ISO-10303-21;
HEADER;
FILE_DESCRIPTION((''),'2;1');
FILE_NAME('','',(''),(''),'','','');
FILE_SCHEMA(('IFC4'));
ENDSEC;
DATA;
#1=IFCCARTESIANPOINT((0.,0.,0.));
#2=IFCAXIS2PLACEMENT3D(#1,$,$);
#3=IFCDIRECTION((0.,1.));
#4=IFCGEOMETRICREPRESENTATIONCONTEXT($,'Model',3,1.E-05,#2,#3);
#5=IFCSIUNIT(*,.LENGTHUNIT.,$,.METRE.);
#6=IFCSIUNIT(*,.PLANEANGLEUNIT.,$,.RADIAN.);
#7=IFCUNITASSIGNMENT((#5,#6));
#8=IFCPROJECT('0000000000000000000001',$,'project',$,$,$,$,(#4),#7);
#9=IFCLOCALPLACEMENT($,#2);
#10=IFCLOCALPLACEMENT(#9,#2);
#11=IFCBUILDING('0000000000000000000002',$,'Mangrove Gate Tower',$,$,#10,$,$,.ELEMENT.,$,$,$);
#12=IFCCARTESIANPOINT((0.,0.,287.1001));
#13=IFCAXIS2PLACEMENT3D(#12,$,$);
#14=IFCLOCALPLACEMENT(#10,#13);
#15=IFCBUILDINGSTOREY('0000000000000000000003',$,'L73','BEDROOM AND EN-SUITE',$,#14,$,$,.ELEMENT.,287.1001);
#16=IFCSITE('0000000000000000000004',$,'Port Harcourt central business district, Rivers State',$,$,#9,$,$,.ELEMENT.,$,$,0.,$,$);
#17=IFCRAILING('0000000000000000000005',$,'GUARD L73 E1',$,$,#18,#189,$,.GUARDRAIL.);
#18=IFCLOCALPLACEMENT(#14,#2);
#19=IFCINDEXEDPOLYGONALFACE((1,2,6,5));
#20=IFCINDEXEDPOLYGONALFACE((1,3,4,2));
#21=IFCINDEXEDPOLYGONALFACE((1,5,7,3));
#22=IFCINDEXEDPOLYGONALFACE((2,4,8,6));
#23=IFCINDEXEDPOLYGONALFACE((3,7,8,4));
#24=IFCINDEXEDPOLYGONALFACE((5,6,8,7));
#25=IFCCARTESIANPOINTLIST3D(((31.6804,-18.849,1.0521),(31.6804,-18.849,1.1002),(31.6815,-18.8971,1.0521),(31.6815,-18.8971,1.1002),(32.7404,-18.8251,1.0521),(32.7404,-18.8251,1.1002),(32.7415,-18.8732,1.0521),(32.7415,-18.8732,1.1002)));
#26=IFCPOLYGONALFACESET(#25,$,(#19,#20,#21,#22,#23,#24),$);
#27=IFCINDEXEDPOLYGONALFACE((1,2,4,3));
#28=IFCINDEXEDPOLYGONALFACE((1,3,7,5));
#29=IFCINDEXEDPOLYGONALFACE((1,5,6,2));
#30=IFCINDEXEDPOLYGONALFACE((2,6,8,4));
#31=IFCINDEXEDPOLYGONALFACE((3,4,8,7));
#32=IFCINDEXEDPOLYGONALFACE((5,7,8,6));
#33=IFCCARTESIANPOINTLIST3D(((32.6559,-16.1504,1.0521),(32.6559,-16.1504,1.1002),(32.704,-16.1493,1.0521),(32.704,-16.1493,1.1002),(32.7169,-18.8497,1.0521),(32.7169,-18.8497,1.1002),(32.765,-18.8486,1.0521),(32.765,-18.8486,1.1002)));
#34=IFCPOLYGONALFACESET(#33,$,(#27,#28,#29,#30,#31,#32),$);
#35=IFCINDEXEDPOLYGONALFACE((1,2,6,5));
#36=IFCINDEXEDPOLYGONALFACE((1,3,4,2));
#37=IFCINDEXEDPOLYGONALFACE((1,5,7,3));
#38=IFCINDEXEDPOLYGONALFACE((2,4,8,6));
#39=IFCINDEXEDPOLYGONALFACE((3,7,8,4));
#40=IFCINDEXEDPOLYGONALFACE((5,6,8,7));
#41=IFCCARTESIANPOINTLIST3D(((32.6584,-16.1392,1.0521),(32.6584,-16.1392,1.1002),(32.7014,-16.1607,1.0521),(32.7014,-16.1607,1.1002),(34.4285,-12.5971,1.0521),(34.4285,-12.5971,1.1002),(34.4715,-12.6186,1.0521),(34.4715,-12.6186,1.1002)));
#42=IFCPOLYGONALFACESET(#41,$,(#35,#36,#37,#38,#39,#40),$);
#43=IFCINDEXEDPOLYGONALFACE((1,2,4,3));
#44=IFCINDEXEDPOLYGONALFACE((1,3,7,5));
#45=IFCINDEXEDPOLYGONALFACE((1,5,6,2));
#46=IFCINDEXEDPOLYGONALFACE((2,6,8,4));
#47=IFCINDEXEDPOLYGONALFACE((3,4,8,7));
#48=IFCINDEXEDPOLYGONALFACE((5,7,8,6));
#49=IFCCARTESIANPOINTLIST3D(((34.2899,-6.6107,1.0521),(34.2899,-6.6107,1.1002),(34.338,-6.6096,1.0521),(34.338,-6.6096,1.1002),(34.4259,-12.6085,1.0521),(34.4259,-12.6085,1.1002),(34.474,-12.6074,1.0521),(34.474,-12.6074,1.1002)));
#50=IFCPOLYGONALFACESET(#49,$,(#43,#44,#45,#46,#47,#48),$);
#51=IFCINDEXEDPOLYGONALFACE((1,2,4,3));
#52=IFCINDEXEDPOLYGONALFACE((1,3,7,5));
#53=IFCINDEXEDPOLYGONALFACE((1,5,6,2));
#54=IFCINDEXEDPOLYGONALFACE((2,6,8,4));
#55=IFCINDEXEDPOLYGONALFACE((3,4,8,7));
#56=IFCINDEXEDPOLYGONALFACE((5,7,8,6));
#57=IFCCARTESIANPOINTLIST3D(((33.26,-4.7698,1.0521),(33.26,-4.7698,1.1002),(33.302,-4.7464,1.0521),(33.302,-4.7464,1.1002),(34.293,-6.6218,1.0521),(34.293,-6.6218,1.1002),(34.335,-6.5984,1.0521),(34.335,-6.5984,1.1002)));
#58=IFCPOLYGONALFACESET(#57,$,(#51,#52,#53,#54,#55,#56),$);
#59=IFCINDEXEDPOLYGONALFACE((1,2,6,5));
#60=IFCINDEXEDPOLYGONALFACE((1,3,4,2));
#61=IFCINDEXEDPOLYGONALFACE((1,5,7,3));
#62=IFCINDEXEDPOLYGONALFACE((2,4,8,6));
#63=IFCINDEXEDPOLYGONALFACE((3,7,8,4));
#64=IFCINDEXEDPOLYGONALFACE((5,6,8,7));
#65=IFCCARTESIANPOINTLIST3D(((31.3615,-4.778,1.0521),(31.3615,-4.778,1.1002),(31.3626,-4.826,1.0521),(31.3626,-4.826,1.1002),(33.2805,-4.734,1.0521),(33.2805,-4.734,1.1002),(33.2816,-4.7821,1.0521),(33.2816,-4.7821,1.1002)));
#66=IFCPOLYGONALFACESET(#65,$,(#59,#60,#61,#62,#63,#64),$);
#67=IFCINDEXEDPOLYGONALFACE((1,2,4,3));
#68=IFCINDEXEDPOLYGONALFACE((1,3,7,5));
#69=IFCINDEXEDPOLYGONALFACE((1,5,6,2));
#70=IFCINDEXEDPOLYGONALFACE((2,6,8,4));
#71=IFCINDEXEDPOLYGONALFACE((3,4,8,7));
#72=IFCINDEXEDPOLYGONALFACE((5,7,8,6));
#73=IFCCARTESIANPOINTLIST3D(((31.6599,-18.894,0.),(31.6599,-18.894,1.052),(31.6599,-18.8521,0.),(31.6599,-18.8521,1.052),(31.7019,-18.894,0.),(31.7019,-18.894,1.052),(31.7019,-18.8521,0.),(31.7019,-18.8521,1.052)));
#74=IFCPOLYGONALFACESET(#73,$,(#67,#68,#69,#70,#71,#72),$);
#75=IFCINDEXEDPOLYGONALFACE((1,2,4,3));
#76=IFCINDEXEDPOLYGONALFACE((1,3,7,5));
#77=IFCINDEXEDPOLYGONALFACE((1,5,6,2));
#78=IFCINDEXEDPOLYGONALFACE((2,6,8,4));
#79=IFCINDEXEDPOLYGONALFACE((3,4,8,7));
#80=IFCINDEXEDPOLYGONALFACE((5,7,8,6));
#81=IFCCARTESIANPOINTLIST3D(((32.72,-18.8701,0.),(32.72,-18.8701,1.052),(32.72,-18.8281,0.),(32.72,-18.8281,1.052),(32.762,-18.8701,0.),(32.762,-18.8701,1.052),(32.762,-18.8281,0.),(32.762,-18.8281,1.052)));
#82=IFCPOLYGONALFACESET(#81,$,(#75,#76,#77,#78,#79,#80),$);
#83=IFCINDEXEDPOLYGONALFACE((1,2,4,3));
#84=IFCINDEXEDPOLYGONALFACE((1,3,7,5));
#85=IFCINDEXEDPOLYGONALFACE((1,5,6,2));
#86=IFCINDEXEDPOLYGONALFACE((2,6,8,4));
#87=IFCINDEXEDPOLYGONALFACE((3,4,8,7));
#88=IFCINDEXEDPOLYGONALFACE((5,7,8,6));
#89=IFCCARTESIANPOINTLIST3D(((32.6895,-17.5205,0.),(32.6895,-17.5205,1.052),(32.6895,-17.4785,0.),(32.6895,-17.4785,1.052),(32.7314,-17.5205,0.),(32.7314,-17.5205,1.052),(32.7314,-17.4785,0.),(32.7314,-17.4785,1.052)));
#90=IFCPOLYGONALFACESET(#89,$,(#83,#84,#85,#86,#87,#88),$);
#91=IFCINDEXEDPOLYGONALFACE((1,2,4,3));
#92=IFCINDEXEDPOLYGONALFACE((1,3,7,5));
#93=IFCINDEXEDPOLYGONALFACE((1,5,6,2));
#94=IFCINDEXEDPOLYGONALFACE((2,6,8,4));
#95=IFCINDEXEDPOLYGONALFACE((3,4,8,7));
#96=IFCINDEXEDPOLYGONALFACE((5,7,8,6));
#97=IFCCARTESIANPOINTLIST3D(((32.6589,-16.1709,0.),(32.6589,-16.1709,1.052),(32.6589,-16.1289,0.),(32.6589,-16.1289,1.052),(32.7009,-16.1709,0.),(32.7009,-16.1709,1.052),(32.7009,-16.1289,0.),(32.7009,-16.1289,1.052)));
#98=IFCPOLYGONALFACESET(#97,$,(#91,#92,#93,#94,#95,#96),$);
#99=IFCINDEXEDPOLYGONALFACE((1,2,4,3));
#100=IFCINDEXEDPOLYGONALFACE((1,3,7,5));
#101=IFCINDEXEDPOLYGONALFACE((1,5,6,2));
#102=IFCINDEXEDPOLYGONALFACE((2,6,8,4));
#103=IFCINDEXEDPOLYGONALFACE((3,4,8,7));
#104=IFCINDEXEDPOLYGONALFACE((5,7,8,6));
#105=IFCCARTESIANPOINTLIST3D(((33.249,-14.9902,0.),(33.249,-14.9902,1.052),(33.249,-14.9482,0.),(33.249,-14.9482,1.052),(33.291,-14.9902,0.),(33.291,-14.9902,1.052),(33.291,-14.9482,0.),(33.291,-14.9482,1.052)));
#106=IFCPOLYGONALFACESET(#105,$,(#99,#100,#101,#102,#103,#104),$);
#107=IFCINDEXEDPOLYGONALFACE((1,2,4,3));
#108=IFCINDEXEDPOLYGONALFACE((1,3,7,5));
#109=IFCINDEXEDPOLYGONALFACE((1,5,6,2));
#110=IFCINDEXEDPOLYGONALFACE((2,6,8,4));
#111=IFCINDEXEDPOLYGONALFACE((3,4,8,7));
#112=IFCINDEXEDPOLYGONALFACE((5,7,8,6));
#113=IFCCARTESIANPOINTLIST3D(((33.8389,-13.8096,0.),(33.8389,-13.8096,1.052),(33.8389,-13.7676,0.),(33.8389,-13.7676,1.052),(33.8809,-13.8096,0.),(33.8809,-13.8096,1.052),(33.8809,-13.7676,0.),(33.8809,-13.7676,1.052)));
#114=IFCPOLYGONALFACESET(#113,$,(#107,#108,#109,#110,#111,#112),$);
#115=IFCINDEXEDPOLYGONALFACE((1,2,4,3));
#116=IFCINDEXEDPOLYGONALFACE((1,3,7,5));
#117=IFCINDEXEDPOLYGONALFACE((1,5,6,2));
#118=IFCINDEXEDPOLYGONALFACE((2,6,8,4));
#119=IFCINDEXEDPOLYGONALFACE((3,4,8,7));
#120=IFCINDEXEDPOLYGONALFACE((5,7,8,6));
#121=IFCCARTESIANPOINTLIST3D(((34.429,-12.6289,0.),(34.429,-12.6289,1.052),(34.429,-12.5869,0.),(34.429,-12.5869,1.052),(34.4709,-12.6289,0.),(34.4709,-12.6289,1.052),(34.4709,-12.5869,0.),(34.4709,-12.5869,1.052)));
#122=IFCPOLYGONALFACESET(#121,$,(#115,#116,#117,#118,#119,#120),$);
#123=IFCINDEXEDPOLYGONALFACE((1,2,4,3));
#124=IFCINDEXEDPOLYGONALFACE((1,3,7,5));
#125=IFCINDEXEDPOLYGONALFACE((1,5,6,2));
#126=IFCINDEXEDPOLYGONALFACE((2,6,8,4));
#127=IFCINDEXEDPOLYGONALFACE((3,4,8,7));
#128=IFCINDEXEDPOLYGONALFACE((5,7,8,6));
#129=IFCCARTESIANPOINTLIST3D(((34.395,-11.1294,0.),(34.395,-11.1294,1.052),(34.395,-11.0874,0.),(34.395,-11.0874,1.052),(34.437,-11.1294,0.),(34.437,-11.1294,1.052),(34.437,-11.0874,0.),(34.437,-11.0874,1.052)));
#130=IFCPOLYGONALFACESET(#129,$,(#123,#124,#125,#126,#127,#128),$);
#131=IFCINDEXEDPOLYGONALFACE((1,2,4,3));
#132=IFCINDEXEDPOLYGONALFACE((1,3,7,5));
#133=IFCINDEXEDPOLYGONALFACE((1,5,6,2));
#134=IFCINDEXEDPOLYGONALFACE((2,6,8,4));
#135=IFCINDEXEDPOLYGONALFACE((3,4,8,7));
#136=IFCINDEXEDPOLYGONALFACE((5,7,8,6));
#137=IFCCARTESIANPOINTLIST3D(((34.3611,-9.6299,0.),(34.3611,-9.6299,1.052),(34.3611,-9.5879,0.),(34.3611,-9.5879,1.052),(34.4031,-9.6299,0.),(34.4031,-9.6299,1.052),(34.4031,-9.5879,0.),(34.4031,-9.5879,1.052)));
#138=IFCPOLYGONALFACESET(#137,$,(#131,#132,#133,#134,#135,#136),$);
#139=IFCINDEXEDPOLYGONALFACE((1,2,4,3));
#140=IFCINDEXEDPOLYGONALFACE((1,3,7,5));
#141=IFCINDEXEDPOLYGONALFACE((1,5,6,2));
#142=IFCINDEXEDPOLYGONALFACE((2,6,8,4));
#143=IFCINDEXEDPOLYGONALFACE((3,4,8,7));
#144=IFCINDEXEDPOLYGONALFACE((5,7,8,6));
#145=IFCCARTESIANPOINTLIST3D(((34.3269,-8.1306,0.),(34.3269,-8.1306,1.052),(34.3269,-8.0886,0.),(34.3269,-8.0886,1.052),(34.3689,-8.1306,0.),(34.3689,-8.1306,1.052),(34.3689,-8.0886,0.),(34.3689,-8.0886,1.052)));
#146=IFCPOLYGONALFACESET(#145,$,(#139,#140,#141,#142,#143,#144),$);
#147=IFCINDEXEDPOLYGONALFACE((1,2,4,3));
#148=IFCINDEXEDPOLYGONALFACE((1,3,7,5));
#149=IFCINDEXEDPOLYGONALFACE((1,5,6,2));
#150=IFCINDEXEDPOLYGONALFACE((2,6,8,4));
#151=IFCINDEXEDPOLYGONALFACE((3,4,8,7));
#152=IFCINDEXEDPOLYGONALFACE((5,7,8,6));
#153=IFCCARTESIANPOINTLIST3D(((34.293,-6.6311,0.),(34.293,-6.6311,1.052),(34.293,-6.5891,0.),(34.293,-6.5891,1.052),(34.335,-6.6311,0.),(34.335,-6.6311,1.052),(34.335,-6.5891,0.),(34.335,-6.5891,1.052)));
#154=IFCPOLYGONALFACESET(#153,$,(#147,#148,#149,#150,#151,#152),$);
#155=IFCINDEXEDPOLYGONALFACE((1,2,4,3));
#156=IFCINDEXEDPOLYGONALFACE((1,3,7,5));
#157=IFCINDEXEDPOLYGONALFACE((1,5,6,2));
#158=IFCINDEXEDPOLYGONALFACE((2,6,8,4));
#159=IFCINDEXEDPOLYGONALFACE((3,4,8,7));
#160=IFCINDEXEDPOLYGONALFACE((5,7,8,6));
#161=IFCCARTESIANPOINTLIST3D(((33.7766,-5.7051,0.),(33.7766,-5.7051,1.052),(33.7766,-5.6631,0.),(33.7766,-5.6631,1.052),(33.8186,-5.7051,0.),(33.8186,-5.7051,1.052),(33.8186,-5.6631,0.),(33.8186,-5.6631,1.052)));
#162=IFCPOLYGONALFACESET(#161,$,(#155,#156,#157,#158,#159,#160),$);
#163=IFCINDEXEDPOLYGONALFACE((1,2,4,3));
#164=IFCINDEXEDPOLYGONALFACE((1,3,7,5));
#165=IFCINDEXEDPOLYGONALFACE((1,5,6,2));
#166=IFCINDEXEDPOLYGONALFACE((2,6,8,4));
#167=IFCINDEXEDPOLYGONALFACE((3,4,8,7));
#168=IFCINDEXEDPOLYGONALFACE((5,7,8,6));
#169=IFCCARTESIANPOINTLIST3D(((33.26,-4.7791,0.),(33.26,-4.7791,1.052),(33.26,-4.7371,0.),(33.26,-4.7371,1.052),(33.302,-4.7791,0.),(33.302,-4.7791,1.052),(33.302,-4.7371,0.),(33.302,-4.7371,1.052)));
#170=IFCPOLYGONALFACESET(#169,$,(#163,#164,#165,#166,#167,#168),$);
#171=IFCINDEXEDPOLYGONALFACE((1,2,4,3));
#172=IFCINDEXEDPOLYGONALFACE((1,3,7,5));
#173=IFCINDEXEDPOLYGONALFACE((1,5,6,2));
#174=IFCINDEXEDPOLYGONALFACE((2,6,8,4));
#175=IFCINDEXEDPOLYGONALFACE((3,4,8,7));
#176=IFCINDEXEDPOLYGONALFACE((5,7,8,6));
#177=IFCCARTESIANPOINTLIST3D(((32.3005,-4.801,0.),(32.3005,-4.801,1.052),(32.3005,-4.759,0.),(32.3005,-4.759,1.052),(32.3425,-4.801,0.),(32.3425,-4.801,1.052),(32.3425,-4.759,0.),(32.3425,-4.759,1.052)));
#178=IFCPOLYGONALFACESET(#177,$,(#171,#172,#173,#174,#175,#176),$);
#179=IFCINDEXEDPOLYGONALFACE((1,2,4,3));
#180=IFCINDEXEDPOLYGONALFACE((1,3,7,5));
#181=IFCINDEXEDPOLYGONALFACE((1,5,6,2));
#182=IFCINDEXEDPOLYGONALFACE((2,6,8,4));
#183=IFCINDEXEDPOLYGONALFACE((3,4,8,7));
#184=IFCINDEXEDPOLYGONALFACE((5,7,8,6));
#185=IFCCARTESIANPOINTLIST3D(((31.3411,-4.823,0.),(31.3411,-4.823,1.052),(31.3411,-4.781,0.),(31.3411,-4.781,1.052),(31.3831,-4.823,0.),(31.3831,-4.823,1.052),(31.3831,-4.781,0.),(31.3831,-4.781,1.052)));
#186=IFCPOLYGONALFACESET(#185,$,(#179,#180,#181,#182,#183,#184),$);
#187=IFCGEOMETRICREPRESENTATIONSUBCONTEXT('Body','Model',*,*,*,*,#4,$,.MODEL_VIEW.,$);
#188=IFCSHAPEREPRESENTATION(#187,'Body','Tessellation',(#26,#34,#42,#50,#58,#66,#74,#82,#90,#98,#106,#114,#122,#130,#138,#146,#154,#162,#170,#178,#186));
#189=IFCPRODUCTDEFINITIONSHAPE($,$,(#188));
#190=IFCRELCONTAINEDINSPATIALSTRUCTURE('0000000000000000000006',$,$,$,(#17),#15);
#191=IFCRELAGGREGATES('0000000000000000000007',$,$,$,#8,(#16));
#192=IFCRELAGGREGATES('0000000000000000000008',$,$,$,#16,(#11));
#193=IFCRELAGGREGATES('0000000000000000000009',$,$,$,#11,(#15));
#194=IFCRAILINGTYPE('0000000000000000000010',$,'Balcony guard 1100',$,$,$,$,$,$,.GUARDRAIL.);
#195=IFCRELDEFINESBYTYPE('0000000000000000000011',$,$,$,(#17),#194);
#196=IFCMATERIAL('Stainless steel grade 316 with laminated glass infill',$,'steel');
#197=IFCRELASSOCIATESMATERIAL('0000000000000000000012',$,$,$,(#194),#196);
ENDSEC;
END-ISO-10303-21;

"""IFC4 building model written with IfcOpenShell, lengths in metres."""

from ifc_helpers import new_model, si_unit, direction, frame, origin, origin_2d, place, context, subcontext, project, spatial, rectangle, extrude, material, type_object, element, save


model = new_model("IFC4")

# Units and contexts
model_context = context("Model", 3, precision=1e-05, world=origin(), true_north=direction((0.0, 1.0)))
body_context = subcontext(model_context, "Body", "Model", "MODEL_VIEW")
ifc_project = project(units=[si_unit("LENGTHUNIT", "METRE"), si_unit("PLANEANGLEUNIT", "RADIAN")], contexts=[model_context])

# Site, building, storey
site_placement = place(None, origin())
site = spatial("IfcSite", under=ifc_project, at=site_placement, Name="Port Harcourt central business district, Rivers State", CompositionType="ELEMENT", RefElevation=0.0)
building_placement = place(site_placement, origin())
building = spatial("IfcBuilding", under=site, at=building_placement, Name="Mangrove Gate Tower", CompositionType="ELEMENT")
storey_placement = place(building_placement, frame((0.0, 0.0, 287.1001)))
storey = spatial("IfcBuildingStorey", under=building, at=storey_placement, Name="L73", Description="BEDROOM AND EN-SUITE", CompositionType="ELEMENT", Elevation=287.1001)

# Railing
ifc_material_1 = material(Name="Stainless steel grade 316 with laminated glass infill", Category="steel")
railing_type = type_object("IfcRailingType", Name="Balcony guard 1100", PredefinedType="GUARDRAIL", material=ifc_material_1)
railing_placement = place(storey_placement, frame((31.6809, -18.873, 0.0)))
element("IfcRailing", 1, at=railing_placement, inside=storey, type_object=railing_type, Name="GUARD L73 E1", PredefinedType="GUARDRAIL", context=body_context, shape_type="SweptSolid", body=[
    extrude(rectangle(XDim=0.0481, YDim=0.0481, at=origin_2d()), frame((0.0, 0.0, 1.0762), z_axis=(0.999745, 0.022564, 0.0), x_axis=(-0.022564, 0.999745, 0.0)), (0.0, 0.0, 1.0), 1.0603),
    extrude(rectangle(XDim=0.0481, YDim=0.0481, at=origin_2d()), frame((1.0601, 0.0239, 1.0762), z_axis=(-0.022606, 0.999744, 0.0), x_axis=(-0.999744, -0.022606, 0.0)), (0.0, 0.0, 1.0), 2.7),
    extrude(rectangle(XDim=0.0481, YDim=0.0481, at=origin_2d()), frame((0.999, 2.7231, 1.0762), z_axis=(0.447016, 0.894526, 0.0), x_axis=(-0.894526, 0.447016, 0.0)), (0.0, 0.0, 1.0), 3.9597),
    extrude(rectangle(XDim=0.0481, YDim=0.0481, at=origin_2d()), frame((2.769, 6.2651, 1.0762), z_axis=(-0.022667, 0.999743, 0.0), x_axis=(-0.999743, -0.022667, 0.0)), (0.0, 0.0, 1.0), 5.9993),
    extrude(rectangle(XDim=0.0481, YDim=0.0481, at=origin_2d()), frame((2.6331, 12.2629, 1.0762), z_axis=(-0.487099, 0.873347, 0.0), x_axis=(-0.873347, -0.487099, 0.0)), (0.0, 0.0, 1.0), 2.1206),
    extrude(rectangle(XDim=0.0481, YDim=0.0481, at=origin_2d()), frame((1.6001, 14.115, 1.0762), z_axis=(-0.999738, -0.022895, 0.0), x_axis=(0.022895, -0.999738, 0.0)), (0.0, 0.0, 1.0), 1.9194),
    extrude(rectangle(XDim=0.042, YDim=0.042, at=origin_2d()), origin(), (0.0, 0.0, 1.0), 1.052),
    extrude(rectangle(XDim=0.042, YDim=0.042, at=origin_2d()), frame((1.0601, 0.0239, 0.0)), (0.0, 0.0, 1.0), 1.052),
    extrude(rectangle(XDim=0.042, YDim=0.042, at=origin_2d()), frame((1.0295, 1.3735, 0.0)), (0.0, 0.0, 1.0), 1.052),
    extrude(rectangle(XDim=0.042, YDim=0.042, at=origin_2d()), frame((0.999, 2.7231, 0.0)), (0.0, 0.0, 1.0), 1.052),
    extrude(rectangle(XDim=0.042, YDim=0.042, at=origin_2d()), frame((1.5891, 3.9038, 0.0)), (0.0, 0.0, 1.0), 1.052),
    extrude(rectangle(XDim=0.042, YDim=0.042, at=origin_2d()), frame((2.179, 5.0845, 0.0)), (0.0, 0.0, 1.0), 1.052),
    extrude(rectangle(XDim=0.042, YDim=0.042, at=origin_2d()), frame((2.769, 6.2651, 0.0)), (0.0, 0.0, 1.0), 1.052),
    extrude(rectangle(XDim=0.042, YDim=0.042, at=origin_2d()), frame((2.7351, 7.7646, 0.0)), (0.0, 0.0, 1.0), 1.052),
    extrude(rectangle(XDim=0.042, YDim=0.042, at=origin_2d()), frame((2.7012, 9.2642, 0.0)), (0.0, 0.0, 1.0), 1.052),
    extrude(rectangle(XDim=0.042, YDim=0.042, at=origin_2d()), frame((2.667, 10.7634, 0.0)), (0.0, 0.0, 1.0), 1.052),
    extrude(rectangle(XDim=0.042, YDim=0.042, at=origin_2d()), frame((2.6331, 12.2629, 0.0)), (0.0, 0.0, 1.0), 1.052),
    extrude(rectangle(XDim=0.042, YDim=0.042, at=origin_2d()), frame((2.1167, 13.189, 0.0)), (0.0, 0.0, 1.0), 1.052),
    extrude(rectangle(XDim=0.042, YDim=0.042, at=origin_2d()), frame((1.6001, 14.115, 0.0)), (0.0, 0.0, 1.0), 1.052),
    extrude(rectangle(XDim=0.042, YDim=0.042, at=origin_2d()), frame((0.6406, 14.093, 0.0)), (0.0, 0.0, 1.0), 1.052),
    extrude(rectangle(XDim=0.042, YDim=0.042, at=origin_2d()), frame((-0.3188, 14.071, 0.0)), (0.0, 0.0, 1.0), 1.052),
])

save(model, "model.ifc")
